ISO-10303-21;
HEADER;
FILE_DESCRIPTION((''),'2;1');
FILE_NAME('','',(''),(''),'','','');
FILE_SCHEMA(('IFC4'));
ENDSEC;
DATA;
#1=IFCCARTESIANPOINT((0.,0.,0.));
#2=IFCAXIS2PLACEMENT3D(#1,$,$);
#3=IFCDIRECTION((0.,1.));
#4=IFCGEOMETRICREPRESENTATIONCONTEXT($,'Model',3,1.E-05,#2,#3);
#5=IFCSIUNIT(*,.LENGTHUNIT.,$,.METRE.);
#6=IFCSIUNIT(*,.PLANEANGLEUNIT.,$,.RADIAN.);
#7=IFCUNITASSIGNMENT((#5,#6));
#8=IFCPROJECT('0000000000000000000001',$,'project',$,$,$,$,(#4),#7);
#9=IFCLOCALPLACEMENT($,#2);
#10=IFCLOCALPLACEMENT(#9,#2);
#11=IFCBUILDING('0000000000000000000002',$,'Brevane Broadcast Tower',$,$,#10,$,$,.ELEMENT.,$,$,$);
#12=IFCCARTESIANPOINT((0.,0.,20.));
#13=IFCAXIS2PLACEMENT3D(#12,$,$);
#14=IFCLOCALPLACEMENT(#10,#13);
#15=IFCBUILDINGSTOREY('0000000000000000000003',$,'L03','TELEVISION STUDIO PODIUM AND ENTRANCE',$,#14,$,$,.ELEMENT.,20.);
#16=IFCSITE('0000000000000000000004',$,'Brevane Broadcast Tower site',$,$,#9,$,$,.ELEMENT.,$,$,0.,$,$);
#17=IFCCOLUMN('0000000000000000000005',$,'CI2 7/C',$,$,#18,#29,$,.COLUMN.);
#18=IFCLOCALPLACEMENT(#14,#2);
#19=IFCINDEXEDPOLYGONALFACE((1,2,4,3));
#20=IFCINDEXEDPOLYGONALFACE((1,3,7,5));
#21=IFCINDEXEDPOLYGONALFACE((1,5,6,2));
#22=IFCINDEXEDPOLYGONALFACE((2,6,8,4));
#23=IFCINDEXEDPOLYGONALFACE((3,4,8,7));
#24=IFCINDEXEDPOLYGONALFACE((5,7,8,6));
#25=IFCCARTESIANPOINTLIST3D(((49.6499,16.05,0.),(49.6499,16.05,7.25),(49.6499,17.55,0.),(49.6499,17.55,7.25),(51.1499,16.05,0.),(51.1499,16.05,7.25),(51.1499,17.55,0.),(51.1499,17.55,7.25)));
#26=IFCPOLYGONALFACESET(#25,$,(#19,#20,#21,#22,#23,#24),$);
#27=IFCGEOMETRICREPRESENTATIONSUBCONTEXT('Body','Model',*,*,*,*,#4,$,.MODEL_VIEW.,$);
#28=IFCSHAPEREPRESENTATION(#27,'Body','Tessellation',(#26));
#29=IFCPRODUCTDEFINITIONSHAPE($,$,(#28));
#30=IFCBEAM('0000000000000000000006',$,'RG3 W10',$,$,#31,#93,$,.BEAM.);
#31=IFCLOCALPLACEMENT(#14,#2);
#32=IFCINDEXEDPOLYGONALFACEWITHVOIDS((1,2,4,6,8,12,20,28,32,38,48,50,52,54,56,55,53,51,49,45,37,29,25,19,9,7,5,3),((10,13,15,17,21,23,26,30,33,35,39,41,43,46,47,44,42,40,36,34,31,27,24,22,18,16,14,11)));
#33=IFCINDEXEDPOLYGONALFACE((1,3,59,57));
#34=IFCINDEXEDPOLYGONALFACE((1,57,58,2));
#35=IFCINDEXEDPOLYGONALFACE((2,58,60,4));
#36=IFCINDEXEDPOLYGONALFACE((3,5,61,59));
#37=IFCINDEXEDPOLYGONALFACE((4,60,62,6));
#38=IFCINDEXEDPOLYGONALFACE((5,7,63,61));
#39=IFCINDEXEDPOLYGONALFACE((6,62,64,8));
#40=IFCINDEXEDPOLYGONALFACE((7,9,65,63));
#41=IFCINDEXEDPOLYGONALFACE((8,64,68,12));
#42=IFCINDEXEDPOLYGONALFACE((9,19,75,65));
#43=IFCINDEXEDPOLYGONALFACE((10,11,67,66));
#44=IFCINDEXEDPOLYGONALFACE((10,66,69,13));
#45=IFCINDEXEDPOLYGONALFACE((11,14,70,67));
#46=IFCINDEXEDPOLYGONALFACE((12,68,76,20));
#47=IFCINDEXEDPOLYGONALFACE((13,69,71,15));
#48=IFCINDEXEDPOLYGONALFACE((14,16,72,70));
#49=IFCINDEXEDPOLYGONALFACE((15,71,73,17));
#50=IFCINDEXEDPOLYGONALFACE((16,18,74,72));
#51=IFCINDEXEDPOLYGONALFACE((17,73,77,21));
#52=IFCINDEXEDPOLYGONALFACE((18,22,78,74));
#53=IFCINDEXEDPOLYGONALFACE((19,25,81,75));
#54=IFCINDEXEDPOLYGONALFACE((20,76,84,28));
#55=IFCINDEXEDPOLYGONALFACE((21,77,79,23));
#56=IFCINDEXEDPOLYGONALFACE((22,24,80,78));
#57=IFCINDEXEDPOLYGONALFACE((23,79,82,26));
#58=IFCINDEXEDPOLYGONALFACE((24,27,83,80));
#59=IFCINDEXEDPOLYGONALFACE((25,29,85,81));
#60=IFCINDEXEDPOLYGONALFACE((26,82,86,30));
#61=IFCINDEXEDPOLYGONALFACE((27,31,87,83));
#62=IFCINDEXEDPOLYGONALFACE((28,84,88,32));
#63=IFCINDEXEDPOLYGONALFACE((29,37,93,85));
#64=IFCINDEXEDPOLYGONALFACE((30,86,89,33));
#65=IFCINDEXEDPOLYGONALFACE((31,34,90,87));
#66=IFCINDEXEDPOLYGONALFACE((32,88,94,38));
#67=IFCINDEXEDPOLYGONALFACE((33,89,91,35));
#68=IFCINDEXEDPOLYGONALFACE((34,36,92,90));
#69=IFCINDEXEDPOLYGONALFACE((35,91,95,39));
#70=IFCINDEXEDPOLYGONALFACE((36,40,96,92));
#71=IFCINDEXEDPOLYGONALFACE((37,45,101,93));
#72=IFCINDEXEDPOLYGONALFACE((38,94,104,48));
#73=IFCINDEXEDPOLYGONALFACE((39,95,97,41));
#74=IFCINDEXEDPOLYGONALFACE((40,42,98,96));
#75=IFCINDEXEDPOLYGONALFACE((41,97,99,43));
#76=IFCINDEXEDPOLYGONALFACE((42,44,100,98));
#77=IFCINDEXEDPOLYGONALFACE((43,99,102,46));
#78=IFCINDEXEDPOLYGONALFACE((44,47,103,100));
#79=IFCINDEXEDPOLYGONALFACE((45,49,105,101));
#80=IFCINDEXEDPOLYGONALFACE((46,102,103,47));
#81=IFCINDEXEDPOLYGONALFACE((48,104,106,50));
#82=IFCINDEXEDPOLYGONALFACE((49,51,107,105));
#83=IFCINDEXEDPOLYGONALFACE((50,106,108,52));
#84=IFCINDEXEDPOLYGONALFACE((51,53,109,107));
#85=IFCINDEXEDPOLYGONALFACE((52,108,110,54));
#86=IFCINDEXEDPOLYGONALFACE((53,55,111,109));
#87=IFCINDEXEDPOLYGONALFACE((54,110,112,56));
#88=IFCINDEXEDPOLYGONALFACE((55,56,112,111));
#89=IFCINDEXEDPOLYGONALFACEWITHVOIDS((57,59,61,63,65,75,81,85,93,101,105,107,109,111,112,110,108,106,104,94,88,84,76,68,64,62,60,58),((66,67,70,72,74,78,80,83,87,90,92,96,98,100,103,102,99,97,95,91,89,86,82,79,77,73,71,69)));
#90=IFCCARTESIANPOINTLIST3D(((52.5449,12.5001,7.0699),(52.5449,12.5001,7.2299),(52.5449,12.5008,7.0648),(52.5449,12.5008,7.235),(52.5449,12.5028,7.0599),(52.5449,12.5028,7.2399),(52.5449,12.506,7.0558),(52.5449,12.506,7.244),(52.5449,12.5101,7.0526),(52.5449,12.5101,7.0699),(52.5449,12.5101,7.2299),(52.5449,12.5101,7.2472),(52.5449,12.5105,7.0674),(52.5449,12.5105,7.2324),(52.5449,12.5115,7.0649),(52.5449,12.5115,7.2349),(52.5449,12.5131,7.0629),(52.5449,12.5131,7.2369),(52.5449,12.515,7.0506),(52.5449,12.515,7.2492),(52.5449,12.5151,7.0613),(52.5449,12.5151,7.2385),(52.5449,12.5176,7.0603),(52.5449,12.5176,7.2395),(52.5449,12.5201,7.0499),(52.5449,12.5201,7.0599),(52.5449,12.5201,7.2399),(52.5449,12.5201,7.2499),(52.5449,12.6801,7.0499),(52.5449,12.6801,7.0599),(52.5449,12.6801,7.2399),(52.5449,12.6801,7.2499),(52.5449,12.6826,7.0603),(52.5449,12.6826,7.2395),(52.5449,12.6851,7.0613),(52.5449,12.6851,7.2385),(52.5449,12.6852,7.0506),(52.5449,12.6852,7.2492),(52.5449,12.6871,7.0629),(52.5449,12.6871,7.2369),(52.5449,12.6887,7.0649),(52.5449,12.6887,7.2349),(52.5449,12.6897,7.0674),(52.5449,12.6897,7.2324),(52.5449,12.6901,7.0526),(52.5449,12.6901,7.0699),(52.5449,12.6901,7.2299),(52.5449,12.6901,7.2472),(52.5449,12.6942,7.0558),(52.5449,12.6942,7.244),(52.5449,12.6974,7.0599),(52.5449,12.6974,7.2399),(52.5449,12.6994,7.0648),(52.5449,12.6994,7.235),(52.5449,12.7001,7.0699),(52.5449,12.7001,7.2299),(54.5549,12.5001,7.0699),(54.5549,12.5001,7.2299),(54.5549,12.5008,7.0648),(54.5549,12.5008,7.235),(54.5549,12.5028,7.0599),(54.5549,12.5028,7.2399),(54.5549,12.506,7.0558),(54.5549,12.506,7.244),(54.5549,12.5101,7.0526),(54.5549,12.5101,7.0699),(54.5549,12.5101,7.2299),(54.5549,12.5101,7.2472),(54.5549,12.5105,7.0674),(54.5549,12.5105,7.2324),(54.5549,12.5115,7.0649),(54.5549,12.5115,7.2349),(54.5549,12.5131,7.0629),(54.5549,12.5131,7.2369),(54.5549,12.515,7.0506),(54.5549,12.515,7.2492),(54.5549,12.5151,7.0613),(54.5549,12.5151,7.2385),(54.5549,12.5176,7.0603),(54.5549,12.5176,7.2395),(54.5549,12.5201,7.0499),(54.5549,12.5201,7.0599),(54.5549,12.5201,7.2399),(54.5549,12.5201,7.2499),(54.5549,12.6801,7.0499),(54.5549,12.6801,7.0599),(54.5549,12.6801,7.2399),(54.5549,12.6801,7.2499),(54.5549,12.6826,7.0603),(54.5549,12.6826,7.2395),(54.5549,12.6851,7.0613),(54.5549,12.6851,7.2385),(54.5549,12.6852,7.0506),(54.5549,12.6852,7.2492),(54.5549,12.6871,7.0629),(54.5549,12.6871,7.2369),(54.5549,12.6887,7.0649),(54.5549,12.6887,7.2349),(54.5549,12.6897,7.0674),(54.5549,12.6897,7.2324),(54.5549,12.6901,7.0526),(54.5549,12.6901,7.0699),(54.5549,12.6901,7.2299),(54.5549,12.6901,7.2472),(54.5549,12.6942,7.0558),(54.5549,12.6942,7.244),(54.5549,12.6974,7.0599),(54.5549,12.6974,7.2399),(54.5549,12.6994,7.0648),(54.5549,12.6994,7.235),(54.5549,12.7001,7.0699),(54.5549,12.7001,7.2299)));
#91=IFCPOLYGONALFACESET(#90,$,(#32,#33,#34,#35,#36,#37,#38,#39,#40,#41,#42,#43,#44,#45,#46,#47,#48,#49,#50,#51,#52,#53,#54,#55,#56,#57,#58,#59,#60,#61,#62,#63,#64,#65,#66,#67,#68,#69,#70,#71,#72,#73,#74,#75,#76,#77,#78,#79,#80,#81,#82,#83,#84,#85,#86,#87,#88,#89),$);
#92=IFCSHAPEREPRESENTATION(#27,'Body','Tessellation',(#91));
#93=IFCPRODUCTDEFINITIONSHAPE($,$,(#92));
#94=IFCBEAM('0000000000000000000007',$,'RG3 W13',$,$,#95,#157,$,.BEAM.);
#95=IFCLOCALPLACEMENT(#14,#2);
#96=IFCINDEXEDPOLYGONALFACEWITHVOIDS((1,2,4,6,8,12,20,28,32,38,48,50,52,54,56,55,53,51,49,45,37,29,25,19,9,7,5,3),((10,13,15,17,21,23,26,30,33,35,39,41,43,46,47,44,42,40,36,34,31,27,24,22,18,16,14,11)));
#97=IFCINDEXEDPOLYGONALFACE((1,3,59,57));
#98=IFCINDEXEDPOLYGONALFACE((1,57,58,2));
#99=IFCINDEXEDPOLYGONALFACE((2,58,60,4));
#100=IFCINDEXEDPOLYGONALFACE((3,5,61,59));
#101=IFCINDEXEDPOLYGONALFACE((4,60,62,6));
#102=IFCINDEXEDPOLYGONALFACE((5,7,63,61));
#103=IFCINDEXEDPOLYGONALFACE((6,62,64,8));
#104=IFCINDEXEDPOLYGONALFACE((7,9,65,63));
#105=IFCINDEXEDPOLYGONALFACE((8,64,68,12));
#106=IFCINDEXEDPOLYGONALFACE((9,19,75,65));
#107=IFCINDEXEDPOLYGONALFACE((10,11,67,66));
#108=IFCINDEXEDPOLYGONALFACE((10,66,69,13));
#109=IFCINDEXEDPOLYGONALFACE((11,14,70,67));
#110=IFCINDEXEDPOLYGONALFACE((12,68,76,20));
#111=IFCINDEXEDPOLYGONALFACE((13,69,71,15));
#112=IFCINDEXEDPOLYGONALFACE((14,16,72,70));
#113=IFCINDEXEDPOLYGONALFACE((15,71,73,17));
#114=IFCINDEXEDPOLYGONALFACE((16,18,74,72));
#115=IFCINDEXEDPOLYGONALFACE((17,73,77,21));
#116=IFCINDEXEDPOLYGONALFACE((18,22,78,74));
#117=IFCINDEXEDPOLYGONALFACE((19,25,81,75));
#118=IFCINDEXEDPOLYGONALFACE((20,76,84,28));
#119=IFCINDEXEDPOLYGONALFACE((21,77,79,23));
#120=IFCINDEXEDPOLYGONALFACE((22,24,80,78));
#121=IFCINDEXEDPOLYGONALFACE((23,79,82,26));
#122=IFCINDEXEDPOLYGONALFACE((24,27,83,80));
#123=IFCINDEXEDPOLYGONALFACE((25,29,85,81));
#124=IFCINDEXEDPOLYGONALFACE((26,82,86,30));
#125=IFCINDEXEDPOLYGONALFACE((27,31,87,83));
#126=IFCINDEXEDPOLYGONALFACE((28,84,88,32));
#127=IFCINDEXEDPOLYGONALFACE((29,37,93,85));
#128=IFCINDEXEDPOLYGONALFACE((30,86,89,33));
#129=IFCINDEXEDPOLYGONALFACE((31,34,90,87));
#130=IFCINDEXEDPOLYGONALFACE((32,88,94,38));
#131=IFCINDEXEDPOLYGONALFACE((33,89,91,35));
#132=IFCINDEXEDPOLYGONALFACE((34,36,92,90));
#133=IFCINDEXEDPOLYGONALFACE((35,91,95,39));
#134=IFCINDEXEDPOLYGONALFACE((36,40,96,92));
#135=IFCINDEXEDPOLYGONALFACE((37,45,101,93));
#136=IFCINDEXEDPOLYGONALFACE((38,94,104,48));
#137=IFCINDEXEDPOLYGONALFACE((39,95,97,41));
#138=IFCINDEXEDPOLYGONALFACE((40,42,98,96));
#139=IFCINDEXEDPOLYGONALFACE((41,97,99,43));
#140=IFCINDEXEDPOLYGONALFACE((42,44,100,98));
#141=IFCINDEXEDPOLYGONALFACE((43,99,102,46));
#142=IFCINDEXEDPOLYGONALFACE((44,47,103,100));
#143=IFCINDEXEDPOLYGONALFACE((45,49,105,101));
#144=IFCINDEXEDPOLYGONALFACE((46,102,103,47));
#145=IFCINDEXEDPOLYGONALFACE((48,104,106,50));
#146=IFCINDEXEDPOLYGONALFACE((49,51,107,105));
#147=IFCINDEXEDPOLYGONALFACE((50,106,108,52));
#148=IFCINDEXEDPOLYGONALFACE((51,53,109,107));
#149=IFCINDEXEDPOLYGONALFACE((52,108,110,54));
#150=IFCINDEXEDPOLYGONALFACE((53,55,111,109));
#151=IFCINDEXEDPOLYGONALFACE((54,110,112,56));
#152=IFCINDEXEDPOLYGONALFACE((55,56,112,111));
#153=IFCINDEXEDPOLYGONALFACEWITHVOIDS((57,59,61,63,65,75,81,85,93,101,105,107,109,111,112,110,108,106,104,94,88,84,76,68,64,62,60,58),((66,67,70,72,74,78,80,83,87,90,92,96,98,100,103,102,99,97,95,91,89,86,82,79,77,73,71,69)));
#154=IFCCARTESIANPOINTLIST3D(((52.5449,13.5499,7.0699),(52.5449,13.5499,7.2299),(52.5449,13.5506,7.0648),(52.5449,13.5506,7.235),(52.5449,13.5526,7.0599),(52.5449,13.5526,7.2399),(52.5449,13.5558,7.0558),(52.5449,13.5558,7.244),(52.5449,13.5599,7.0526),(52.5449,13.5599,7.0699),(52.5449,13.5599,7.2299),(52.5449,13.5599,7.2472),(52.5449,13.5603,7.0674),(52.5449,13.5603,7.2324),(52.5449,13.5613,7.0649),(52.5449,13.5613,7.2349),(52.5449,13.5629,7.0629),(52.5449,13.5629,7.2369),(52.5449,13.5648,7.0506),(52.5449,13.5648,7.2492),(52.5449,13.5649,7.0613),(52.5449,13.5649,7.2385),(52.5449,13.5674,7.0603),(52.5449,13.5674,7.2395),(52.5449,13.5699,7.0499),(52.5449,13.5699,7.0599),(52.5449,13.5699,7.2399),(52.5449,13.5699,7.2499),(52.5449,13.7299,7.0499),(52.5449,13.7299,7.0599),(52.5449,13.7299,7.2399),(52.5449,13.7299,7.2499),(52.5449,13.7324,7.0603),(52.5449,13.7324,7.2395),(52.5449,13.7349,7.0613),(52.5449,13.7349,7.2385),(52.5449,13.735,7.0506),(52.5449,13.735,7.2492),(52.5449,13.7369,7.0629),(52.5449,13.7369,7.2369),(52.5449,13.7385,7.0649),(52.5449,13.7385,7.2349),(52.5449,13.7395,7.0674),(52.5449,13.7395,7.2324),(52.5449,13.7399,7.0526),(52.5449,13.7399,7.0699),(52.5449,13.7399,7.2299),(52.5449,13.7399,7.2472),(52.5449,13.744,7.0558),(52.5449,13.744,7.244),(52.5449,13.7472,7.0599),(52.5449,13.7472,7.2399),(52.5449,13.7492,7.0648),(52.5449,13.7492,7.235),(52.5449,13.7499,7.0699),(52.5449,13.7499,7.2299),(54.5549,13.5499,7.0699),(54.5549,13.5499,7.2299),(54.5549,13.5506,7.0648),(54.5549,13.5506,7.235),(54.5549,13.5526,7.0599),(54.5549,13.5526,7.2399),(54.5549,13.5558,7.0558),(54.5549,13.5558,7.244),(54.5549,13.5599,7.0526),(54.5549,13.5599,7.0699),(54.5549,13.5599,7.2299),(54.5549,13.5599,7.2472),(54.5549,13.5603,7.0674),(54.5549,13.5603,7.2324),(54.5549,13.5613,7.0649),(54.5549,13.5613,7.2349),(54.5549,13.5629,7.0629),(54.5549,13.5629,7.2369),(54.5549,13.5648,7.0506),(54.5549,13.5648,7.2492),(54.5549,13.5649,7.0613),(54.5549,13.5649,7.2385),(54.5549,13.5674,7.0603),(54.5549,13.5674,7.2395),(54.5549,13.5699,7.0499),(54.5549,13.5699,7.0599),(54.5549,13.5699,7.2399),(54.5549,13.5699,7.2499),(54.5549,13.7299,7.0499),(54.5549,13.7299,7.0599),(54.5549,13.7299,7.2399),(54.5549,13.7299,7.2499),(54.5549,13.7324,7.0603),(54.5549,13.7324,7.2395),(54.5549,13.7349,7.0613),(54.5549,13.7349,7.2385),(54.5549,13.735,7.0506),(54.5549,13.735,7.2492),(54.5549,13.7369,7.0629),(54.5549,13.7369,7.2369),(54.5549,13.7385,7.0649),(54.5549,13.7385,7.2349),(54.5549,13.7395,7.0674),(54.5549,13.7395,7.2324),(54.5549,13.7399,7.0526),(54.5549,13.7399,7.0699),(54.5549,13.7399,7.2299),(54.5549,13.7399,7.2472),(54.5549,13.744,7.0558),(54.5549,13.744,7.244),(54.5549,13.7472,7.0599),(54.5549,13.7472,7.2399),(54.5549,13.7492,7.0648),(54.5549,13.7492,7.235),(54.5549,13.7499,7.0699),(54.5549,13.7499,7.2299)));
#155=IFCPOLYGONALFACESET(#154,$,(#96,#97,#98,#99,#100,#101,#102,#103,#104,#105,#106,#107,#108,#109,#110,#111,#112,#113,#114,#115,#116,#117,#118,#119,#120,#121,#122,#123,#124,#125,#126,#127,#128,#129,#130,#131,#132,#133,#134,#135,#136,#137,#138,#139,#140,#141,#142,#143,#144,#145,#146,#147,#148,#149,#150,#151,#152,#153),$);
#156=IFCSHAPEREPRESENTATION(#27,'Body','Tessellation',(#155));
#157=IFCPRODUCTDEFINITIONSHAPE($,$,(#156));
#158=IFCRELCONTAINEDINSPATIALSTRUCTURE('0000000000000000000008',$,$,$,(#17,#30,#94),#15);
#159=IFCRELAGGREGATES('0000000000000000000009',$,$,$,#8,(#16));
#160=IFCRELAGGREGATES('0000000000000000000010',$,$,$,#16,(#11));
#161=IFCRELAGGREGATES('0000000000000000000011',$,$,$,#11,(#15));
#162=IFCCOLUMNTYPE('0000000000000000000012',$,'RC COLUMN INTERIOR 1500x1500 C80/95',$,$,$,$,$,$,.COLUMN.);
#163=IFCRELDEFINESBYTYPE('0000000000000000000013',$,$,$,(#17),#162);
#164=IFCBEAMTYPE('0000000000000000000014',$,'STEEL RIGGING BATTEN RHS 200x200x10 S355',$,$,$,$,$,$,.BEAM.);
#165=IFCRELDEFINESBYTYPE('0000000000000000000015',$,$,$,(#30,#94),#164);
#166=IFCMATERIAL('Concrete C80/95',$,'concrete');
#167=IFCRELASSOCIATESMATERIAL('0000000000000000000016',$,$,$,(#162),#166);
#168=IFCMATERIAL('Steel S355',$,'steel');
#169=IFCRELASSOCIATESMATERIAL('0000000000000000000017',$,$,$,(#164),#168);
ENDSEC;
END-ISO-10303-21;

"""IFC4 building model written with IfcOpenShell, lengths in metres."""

from ifc_helpers import new_model, si_unit, direction, frame, origin, origin_2d, place, context, subcontext, project, spatial, rectangle, hollow_rectangle, extrude, material, material_profile, profile_set, type_object, element, save


model = new_model("IFC4")

# Units and contexts
model_context = context("Model", 3, precision=1e-05, world=origin(), true_north=direction((0.0, 1.0)))
body_context = subcontext(model_context, "Body", "Model", "MODEL_VIEW")
ifc_project = project(units=[si_unit("LENGTHUNIT", "METRE"), si_unit("PLANEANGLEUNIT", "RADIAN")], contexts=[model_context])

# Site, building, storey
site_placement = place(None, origin())
site = spatial("IfcSite", under=ifc_project, at=site_placement, Name="Brevane Broadcast Tower site", CompositionType="ELEMENT", RefElevation=0.0)
building_placement = place(site_placement, origin())
building = spatial("IfcBuilding", under=site, at=building_placement, Name="Brevane Broadcast Tower", CompositionType="ELEMENT")
storey_placement = place(building_placement, frame((0.0, 0.0, 20.0)))
storey = spatial("IfcBuildingStorey", under=building, at=storey_placement, Name="L03", Description="TELEVISION STUDIO PODIUM AND ENTRANCE", CompositionType="ELEMENT", Elevation=20.0)

# Column
ifc_material_1 = material(Name="Concrete C80/95", Category="concrete")
ifc_material_profile_1 = material_profile(ifc_material_1, rectangle(XDim=1.5, YDim=1.5, at=origin_2d()), Name="RC 1500x1500")
ifc_profile_set_1 = profile_set([ifc_material_profile_1], Name="Concrete C80/95")
column_type = type_object("IfcColumnType", Name="RC COLUMN INTERIOR 1500x1500 C80/95", PredefinedType="COLUMN", material=ifc_profile_set_1)
column_placement = place(storey_placement, frame((50.3999, 16.8, 0.0), z_axis=(0.0, 0.0, 1.0), x_axis=(1.0, 0.0, 0.0)))
element("IfcColumn", 1, at=column_placement, inside=storey, type_object=column_type, Name="CI2 7/C", PredefinedType="COLUMN", context=body_context, shape_type="SweptSolid", body=[
    extrude(rectangle(XDim=1.5, YDim=1.5, at=origin_2d()), origin(), (0.0, 0.0, 1.0), 7.25),
])

# Beams
ifc_material_2 = material(Name="Steel S355", Category="steel")
ifc_material_profile_2 = material_profile(ifc_material_2, hollow_rectangle(XDim=0.2, YDim=0.2, WallThickness=0.01, InnerFilletRadius=0.01, OuterFilletRadius=0.02, at=origin_2d()), Name="RHS 200x200x10")
ifc_profile_set_2 = profile_set([ifc_material_profile_2], Name="Steel S355")
beam_type = type_object("IfcBeamType", Name="STEEL RIGGING BATTEN RHS 200x200x10 S355", PredefinedType="BEAM", material=ifc_profile_set_2)
for number, where, z_axis, x_axis, name in (
    (2, (52.5449, 12.6001, 7.1499), (1.0, 0.0, 0.0), (0.0, 1.0, 0.0), "RG3 W10"),
    (3, (52.5449, 13.6499, 7.1499), (1.0, 0.0, 0.0), (0.0, 1.0, 0.0), "RG3 W13"),
):
    element("IfcBeam", number, at=place(storey_placement, frame(where, z_axis=z_axis, x_axis=x_axis)), inside=storey, type_object=beam_type, Name=name, PredefinedType="BEAM", context=body_context, shape_type="SweptSolid", body=[
        extrude(hollow_rectangle(XDim=0.2, YDim=0.2, WallThickness=0.01, InnerFilletRadius=0.01, OuterFilletRadius=0.02, at=origin_2d()), origin(), (0.0, 0.0, 1.0), 2.01),
    ])

save(model, "model.ifc")
